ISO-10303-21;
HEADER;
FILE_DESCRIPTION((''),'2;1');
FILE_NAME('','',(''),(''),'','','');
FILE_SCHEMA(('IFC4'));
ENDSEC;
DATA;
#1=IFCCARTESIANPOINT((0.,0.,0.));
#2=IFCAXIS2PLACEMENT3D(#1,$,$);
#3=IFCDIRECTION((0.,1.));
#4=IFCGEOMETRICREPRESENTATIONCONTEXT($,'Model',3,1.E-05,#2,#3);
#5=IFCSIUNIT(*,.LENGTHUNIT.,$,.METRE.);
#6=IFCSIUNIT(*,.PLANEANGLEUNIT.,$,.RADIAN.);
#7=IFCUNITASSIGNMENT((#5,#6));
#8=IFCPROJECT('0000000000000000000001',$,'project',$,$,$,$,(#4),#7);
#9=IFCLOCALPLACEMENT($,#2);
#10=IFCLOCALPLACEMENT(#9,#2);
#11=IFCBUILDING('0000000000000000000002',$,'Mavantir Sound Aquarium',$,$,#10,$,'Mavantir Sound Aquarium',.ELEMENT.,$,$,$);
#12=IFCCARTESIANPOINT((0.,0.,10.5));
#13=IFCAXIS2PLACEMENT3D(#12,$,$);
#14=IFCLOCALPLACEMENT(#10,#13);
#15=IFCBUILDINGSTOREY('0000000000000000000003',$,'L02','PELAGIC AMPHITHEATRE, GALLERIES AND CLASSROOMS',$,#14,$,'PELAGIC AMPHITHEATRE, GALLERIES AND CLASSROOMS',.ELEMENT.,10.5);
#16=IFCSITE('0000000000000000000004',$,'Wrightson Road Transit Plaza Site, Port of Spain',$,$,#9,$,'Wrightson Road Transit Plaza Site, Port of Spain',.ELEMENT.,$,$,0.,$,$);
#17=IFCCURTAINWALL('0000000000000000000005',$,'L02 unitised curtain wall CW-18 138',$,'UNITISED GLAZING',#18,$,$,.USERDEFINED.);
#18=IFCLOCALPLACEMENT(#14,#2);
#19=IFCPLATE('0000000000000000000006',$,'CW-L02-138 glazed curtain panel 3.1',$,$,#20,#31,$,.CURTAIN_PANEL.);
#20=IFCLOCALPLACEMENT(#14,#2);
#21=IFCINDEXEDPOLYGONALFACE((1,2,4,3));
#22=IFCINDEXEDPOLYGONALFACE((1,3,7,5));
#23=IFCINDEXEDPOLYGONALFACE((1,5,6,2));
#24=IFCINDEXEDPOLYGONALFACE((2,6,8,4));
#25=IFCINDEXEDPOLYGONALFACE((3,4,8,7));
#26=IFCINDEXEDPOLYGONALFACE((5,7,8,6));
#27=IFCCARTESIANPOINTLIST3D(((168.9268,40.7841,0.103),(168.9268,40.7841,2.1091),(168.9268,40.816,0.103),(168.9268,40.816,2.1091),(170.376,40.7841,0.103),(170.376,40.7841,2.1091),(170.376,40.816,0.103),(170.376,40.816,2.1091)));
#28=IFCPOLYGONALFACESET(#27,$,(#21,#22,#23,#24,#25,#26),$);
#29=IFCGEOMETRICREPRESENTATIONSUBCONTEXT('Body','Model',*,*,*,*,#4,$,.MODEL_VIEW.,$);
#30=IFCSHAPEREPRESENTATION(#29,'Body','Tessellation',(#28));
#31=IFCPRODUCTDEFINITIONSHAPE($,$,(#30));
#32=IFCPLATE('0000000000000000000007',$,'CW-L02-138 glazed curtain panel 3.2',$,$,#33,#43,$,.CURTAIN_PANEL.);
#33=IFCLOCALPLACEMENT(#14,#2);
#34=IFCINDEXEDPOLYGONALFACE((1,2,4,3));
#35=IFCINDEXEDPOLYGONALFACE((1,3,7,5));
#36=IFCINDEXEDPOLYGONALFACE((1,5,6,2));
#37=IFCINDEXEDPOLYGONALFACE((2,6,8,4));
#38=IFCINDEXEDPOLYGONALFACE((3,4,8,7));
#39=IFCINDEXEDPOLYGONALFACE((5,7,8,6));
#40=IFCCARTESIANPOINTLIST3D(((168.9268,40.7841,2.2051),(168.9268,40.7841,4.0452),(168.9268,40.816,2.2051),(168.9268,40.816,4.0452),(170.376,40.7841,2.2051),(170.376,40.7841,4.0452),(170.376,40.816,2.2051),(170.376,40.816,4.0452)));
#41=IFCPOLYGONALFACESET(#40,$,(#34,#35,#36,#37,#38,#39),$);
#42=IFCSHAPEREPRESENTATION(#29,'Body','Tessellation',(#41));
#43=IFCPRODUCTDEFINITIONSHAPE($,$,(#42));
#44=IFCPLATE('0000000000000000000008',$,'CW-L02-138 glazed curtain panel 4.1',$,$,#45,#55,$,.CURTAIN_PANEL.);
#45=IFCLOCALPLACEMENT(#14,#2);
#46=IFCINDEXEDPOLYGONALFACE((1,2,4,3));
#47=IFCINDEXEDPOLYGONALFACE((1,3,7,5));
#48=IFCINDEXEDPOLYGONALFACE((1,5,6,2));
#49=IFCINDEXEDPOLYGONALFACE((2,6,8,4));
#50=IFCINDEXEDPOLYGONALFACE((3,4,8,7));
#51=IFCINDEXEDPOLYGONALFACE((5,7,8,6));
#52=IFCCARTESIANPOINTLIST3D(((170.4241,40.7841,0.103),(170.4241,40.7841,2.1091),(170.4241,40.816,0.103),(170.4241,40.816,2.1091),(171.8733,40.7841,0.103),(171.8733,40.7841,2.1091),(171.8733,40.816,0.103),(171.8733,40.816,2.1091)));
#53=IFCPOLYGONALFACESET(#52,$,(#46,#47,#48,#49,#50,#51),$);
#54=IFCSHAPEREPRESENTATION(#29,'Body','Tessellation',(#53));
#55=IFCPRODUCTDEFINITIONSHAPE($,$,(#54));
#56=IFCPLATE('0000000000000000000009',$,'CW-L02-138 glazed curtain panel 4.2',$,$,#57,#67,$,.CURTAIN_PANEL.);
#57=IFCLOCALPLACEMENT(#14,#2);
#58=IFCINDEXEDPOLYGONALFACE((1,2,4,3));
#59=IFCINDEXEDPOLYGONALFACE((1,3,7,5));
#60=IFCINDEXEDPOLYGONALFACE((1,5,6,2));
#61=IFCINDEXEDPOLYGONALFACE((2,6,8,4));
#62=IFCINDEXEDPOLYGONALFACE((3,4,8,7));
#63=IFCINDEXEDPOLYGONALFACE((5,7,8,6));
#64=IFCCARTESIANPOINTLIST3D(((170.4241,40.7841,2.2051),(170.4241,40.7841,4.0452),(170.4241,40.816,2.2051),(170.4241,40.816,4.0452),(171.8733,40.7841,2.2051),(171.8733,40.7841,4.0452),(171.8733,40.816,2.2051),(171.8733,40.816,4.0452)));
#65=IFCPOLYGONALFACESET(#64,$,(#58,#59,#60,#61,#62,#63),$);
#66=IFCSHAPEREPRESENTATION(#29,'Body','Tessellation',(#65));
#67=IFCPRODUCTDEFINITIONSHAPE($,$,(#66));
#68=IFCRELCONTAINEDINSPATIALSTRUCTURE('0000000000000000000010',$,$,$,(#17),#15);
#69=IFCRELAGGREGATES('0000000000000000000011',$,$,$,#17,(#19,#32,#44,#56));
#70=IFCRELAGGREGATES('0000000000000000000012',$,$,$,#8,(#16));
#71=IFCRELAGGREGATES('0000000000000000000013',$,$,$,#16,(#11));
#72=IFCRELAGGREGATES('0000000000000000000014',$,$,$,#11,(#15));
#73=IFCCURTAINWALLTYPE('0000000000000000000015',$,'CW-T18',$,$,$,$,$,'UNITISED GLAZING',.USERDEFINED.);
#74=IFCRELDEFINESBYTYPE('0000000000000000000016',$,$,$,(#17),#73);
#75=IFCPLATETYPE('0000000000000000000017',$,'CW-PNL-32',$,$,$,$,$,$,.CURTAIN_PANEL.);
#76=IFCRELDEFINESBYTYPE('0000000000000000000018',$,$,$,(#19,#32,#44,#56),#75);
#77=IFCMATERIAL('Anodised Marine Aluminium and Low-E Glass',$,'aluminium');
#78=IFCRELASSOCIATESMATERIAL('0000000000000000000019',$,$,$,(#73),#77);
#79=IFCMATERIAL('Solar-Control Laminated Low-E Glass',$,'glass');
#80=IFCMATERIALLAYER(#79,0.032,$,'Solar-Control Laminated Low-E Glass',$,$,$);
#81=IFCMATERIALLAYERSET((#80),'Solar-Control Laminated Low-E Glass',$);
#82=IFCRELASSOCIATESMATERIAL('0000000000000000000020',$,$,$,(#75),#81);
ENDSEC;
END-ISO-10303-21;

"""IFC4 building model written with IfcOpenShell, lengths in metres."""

from ifc_helpers import new_model, si_unit, direction, frame, origin, origin_2d, place, context, subcontext, project, spatial, rectangle, extrude, material, layer, layer_set, type_object, element, aggregate, save


model = new_model("IFC4")

# Units and contexts
model_context = context("Model", 3, precision=1e-05, world=origin(), true_north=direction((0.0, 1.0)))
body_context = subcontext(model_context, "Body", "Model", "MODEL_VIEW")
ifc_project = project(units=[si_unit("LENGTHUNIT", "METRE"), si_unit("PLANEANGLEUNIT", "RADIAN")], contexts=[model_context])

# Site, building, storey
site_placement = place(None, origin())
site = spatial("IfcSite", under=ifc_project, at=site_placement, Name="Wrightson Road Transit Plaza Site, Port of Spain", LongName="Wrightson Road Transit Plaza Site, Port of Spain", CompositionType="ELEMENT", RefElevation=0.0)
building_placement = place(site_placement, origin())
building = spatial("IfcBuilding", under=site, at=building_placement, Name="Mavantir Sound Aquarium", LongName="Mavantir Sound Aquarium", CompositionType="ELEMENT")
storey_placement = place(building_placement, frame((0.0, 0.0, 10.5)))
storey = spatial("IfcBuildingStorey", under=building, at=storey_placement, Name="L02", Description="PELAGIC AMPHITHEATRE, GALLERIES AND CLASSROOMS", LongName="PELAGIC AMPHITHEATRE, GALLERIES AND CLASSROOMS", CompositionType="ELEMENT", Elevation=10.5)

# Curtain wall, plates
ifc_material_1 = material(Name="Anodised Marine Aluminium and Low-E Glass", Category="aluminium")
curtain_wall_type = type_object("IfcCurtainWallType", Name="CW-T18", ElementType="UNITISED GLAZING", PredefinedType="USERDEFINED", material=ifc_material_1)
curtain_wall_placement = place(storey_placement, origin())
curtain_wall = element("IfcCurtainWall", 1, at=curtain_wall_placement, inside=storey, type_object=curtain_wall_type, Name="L02 unitised curtain wall CW-18 138", ObjectType="UNITISED GLAZING", PredefinedType="USERDEFINED")
ifc_material_2 = material(Name="Solar-Control Laminated Low-E Glass", Category="glass")
ifc_layer = layer(ifc_material_2, 0.032, Name="Solar-Control Laminated Low-E Glass")
ifc_layer_set = layer_set([ifc_layer], Name="Solar-Control Laminated Low-E Glass")
plate_type = type_object("IfcPlateType", Name="CW-PNL-32", PredefinedType="CURTAIN_PANEL", material=ifc_layer_set)
plate_1_placement = place(storey_placement, frame((169.6514, 40.8, 0.103), z_axis=(0.0, 0.0, 1.0), x_axis=(1.0, 0.0, 0.0)))
plate_1 = element("IfcPlate", 2, at=plate_1_placement, type_object=plate_type, Name="CW-L02-138 glazed curtain panel 3.1", PredefinedType="CURTAIN_PANEL", context=body_context, shape_type="SweptSolid", body=[
    extrude(rectangle(XDim=1.4492, YDim=0.032, at=origin_2d()), origin(), (0.0, 0.0, 1.0), 2.0061),
])
plate_2_placement = place(storey_placement, frame((169.6514, 40.8, 2.2051), z_axis=(0.0, 0.0, 1.0), x_axis=(1.0, 0.0, 0.0)))
plate_2 = element("IfcPlate", 3, at=plate_2_placement, type_object=plate_type, Name="CW-L02-138 glazed curtain panel 3.2", PredefinedType="CURTAIN_PANEL", context=body_context, shape_type="SweptSolid", body=[
    extrude(rectangle(XDim=1.4492, YDim=0.032, at=origin_2d()), origin(), (0.0, 0.0, 1.0), 1.8401),
])
plate_3_placement = place(storey_placement, frame((171.1487, 40.8, 0.103), z_axis=(0.0, 0.0, 1.0), x_axis=(1.0, 0.0, 0.0)))
plate_3 = element("IfcPlate", 4, at=plate_3_placement, type_object=plate_type, Name="CW-L02-138 glazed curtain panel 4.1", PredefinedType="CURTAIN_PANEL", context=body_context, shape_type="SweptSolid", body=[
    extrude(rectangle(XDim=1.4492, YDim=0.032, at=origin_2d()), origin(), (0.0, 0.0, 1.0), 2.0061),
])
plate_4_placement = place(storey_placement, frame((171.1487, 40.8, 2.2051), z_axis=(0.0, 0.0, 1.0), x_axis=(1.0, 0.0, 0.0)))
plate_4 = element("IfcPlate", 5, at=plate_4_placement, type_object=plate_type, Name="CW-L02-138 glazed curtain panel 4.2", PredefinedType="CURTAIN_PANEL", context=body_context, shape_type="SweptSolid", body=[
    extrude(rectangle(XDim=1.4492, YDim=0.032, at=origin_2d()), origin(), (0.0, 0.0, 1.0), 1.8401),
])
aggregate(curtain_wall, [plate_1, plate_2, plate_3, plate_4])

save(model, "model.ifc")
